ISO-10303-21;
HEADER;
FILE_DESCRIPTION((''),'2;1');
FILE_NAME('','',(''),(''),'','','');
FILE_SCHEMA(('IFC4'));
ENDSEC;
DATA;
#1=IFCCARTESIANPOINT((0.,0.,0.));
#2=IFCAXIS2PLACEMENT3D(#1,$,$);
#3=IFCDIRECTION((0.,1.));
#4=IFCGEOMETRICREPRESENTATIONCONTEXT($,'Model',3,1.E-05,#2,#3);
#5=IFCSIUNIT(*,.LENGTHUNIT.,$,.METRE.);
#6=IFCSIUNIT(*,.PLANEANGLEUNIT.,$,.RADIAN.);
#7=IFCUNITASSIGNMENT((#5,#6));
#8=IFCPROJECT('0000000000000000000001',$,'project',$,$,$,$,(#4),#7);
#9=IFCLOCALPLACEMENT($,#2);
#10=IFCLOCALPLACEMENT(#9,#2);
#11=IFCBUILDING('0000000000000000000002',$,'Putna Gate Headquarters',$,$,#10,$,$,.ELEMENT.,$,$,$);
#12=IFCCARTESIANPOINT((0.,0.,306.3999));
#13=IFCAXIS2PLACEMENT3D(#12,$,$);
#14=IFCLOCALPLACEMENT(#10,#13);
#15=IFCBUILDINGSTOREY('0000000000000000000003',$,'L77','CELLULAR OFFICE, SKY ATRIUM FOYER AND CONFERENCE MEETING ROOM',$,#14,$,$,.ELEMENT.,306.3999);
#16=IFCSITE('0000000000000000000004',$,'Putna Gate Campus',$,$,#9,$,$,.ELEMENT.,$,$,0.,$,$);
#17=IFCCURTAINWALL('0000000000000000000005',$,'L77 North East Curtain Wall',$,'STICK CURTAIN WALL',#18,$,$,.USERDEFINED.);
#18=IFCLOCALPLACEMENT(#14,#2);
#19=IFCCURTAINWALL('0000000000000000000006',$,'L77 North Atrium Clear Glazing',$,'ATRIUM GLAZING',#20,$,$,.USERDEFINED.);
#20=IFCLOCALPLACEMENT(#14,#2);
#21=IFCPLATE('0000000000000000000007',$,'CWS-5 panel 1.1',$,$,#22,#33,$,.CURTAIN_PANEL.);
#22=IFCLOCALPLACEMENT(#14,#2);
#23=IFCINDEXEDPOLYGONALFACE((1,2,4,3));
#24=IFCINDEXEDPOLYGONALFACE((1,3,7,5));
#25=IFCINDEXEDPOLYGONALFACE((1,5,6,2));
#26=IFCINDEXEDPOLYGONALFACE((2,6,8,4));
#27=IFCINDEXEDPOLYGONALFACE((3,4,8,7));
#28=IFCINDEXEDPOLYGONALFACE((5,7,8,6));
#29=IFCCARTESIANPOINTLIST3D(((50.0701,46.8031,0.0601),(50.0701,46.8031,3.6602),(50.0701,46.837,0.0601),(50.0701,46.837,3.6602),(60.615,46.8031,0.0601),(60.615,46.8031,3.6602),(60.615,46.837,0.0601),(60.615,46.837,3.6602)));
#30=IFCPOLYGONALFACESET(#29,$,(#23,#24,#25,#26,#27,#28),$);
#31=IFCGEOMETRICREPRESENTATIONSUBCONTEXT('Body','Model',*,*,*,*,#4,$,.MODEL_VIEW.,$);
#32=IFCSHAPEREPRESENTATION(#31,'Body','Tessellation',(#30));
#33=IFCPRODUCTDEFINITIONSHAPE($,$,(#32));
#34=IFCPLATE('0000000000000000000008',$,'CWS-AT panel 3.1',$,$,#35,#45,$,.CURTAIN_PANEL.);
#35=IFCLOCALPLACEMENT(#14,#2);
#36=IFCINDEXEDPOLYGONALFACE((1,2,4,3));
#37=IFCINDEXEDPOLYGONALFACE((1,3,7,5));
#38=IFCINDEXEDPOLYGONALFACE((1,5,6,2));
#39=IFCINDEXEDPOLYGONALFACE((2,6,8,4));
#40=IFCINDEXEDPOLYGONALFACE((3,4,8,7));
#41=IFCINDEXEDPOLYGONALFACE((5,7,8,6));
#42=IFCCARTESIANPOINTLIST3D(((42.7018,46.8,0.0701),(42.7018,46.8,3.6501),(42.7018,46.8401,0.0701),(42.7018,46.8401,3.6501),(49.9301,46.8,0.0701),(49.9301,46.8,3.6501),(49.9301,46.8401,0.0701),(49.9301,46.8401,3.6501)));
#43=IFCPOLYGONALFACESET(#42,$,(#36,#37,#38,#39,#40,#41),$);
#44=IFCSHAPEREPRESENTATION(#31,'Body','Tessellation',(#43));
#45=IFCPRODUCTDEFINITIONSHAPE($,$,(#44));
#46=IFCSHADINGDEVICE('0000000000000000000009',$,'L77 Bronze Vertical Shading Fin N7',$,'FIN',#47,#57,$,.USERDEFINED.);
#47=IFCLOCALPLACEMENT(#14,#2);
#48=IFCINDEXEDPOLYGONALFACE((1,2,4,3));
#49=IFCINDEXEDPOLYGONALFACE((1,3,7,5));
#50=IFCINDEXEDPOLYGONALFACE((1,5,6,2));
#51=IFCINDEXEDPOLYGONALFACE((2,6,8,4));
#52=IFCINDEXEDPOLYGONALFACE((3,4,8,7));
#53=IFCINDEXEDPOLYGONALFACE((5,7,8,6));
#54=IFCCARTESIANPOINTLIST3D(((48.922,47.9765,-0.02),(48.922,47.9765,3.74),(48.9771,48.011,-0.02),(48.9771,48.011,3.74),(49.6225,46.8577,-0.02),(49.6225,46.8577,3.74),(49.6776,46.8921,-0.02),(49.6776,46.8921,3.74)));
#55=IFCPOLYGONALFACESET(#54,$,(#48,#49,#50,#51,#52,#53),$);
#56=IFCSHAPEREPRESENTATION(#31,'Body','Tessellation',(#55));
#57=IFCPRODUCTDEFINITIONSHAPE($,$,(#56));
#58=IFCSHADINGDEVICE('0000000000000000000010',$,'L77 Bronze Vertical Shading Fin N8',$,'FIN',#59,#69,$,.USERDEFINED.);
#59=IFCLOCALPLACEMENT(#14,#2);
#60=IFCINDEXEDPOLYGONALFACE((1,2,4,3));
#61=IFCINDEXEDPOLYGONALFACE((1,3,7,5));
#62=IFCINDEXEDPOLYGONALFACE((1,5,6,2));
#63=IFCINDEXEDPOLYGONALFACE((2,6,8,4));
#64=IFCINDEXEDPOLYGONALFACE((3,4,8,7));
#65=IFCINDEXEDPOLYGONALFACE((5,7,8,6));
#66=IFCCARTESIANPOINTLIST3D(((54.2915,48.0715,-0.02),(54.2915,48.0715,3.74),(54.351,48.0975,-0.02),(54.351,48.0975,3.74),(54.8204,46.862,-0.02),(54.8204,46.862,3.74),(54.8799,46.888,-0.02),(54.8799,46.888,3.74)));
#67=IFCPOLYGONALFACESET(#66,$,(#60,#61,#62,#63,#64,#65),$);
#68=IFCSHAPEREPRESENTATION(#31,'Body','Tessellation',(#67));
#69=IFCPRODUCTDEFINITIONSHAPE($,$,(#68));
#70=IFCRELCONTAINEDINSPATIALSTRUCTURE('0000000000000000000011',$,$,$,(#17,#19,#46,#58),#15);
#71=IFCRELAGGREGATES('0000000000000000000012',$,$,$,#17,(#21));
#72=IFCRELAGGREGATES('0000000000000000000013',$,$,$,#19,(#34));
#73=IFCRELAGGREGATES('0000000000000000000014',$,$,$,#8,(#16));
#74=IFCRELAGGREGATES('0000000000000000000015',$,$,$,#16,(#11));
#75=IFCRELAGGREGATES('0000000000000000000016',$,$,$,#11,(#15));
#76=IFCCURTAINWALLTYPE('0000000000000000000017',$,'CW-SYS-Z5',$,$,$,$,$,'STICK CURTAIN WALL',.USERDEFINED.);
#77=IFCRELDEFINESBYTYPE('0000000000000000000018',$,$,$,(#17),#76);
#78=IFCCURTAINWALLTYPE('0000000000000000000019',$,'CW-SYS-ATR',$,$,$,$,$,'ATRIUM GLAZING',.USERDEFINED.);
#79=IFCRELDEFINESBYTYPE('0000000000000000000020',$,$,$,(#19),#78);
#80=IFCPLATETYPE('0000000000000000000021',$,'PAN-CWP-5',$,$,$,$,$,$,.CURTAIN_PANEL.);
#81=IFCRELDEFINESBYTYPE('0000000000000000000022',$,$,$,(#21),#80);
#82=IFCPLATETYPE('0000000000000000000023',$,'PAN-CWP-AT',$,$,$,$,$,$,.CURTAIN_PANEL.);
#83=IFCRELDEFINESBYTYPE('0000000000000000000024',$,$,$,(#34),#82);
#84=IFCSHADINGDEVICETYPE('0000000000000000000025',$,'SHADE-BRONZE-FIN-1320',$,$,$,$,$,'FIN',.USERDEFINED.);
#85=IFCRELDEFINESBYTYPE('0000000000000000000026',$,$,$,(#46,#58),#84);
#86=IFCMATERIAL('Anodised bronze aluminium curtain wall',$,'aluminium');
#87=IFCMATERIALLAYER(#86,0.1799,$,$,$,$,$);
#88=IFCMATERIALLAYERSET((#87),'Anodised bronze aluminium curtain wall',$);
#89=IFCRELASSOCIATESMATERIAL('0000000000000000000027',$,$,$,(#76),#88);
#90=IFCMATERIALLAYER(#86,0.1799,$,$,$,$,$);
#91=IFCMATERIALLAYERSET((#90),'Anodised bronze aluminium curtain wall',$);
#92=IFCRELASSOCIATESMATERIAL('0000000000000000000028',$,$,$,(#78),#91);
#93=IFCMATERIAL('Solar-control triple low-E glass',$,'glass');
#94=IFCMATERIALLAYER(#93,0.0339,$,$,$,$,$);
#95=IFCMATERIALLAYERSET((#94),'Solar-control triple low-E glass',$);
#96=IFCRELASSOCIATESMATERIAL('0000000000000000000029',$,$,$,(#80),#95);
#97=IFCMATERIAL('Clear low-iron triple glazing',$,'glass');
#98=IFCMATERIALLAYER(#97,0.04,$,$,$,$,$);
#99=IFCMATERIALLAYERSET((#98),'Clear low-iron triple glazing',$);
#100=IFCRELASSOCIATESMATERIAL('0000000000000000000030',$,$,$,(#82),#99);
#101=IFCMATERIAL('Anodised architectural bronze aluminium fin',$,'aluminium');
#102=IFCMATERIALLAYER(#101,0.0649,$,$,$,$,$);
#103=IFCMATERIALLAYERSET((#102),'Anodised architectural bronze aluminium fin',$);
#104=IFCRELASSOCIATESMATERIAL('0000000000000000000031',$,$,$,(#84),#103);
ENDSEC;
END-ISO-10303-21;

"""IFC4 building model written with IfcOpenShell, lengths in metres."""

from ifc_helpers import new_model, si_unit, direction, frame, origin, origin_2d, place, context, subcontext, project, spatial, rectangle, extrude, material, layer, layer_set, type_object, element, aggregate, save


model = new_model("IFC4")

# Units and contexts
model_context = context("Model", 3, precision=1e-05, world=origin(), true_north=direction((0.0, 1.0)))
body_context = subcontext(model_context, "Body", "Model", "MODEL_VIEW")
ifc_project = project(units=[si_unit("LENGTHUNIT", "METRE"), si_unit("PLANEANGLEUNIT", "RADIAN")], contexts=[model_context])

# Site, building, storey
site_placement = place(None, origin())
site = spatial("IfcSite", under=ifc_project, at=site_placement, Name="Putna Gate Campus", CompositionType="ELEMENT", RefElevation=0.0)
building_placement = place(site_placement, origin())
building = spatial("IfcBuilding", under=site, at=building_placement, Name="Putna Gate Headquarters", CompositionType="ELEMENT")
storey_placement = place(building_placement, frame((0.0, 0.0, 306.3999)))
storey = spatial("IfcBuildingStorey", under=building, at=storey_placement, Name="L77", Description="CELLULAR OFFICE, SKY ATRIUM FOYER AND CONFERENCE MEETING ROOM", CompositionType="ELEMENT", Elevation=306.3999)

# Curtain wall
ifc_material_1 = material(Name="Anodised bronze aluminium curtain wall", Category="aluminium")
ifc_layer_1 = layer(ifc_material_1, 0.1799)
ifc_layer_set_1 = layer_set([ifc_layer_1], Name="Anodised bronze aluminium curtain wall")
curtain_wall_type_1 = type_object("IfcCurtainWallType", Name="CW-SYS-Z5", ElementType="STICK CURTAIN WALL", PredefinedType="USERDEFINED", material=ifc_layer_set_1)
curtain_wall_1_placement = place(storey_placement, origin())
curtain_wall_1 = element("IfcCurtainWall", 1, at=curtain_wall_1_placement, inside=storey, type_object=curtain_wall_type_1, Name="L77 North East Curtain Wall", ObjectType="STICK CURTAIN WALL", PredefinedType="USERDEFINED")

# Curtain wall
ifc_layer_2 = layer(ifc_material_1, 0.1799)
ifc_layer_set_2 = layer_set([ifc_layer_2], Name="Anodised bronze aluminium curtain wall")
curtain_wall_type_2 = type_object("IfcCurtainWallType", Name="CW-SYS-ATR", ElementType="ATRIUM GLAZING", PredefinedType="USERDEFINED", material=ifc_layer_set_2)
curtain_wall_2_placement = place(storey_placement, origin())
curtain_wall_2 = element("IfcCurtainWall", 2, at=curtain_wall_2_placement, inside=storey, type_object=curtain_wall_type_2, Name="L77 North Atrium Clear Glazing", ObjectType="ATRIUM GLAZING", PredefinedType="USERDEFINED")

# Plates
ifc_material_2 = material(Name="Solar-control triple low-E glass", Category="glass")
ifc_layer_3 = layer(ifc_material_2, 0.0339)
ifc_layer_set_3 = layer_set([ifc_layer_3], Name="Solar-control triple low-E glass")
plate_type_1 = type_object("IfcPlateType", Name="PAN-CWP-5", PredefinedType="CURTAIN_PANEL", material=ifc_layer_set_3)
plate_1_placement = place(storey_placement, frame((55.3425, 46.8201, 0.0601), z_axis=(0.0, 0.0, 1.0), x_axis=(1.0, 0.0, 0.0)))
plate_1 = element("IfcPlate", 3, at=plate_1_placement, type_object=plate_type_1, Name="CWS-5 panel 1.1", PredefinedType="CURTAIN_PANEL", context=body_context, shape_type="SweptSolid", body=[
    extrude(rectangle(XDim=10.5449, YDim=0.0339, at=origin_2d()), origin(), (0.0, 0.0, 1.0), 3.6001),
])
aggregate(curtain_wall_1, [plate_1])
ifc_material_3 = material(Name="Clear low-iron triple glazing", Category="glass")
ifc_layer_4 = layer(ifc_material_3, 0.04)
ifc_layer_set_4 = layer_set([ifc_layer_4], Name="Clear low-iron triple glazing")
plate_type_2 = type_object("IfcPlateType", Name="PAN-CWP-AT", PredefinedType="CURTAIN_PANEL", material=ifc_layer_set_4)
plate_2_placement = place(storey_placement, frame((46.3159, 46.8201, 0.0701), z_axis=(0.0, 0.0, 1.0), x_axis=(1.0, 0.0, 0.0)))
plate_2 = element("IfcPlate", 4, at=plate_2_placement, type_object=plate_type_2, Name="CWS-AT panel 3.1", PredefinedType="CURTAIN_PANEL", context=body_context, shape_type="SweptSolid", body=[
    extrude(rectangle(XDim=7.2283, YDim=0.04, at=origin_2d()), origin(), (0.0, 0.0, 1.0), 3.5801),
])
aggregate(curtain_wall_2, [plate_2])

# Shading devices
ifc_material_4 = material(Name="Anodised architectural bronze aluminium fin", Category="aluminium")
ifc_layer_5 = layer(ifc_material_4, 0.0649)
ifc_layer_set_5 = layer_set([ifc_layer_5], Name="Anodised architectural bronze aluminium fin")
shading_device_type = type_object("IfcShadingDeviceType", Name="SHADE-BRONZE-FIN-1320", ElementType="FIN", PredefinedType="USERDEFINED", material=ifc_layer_set_5)
for number, where, z_axis, x_axis, name in (
    (5, (49.2998, 47.4343, -0.02), (0.0, 0.0, 1.0), (-0.530659, 0.847585, 0.0), "L77 Bronze Vertical Shading Fin N7"),
    (6, (54.5857, 47.4797, -0.02), (0.0, 0.0, 1.0), (-0.400669, 0.916223, 0.0), "L77 Bronze Vertical Shading Fin N8"),
):
    element("IfcShadingDevice", number, at=place(storey_placement, frame(where, z_axis=z_axis, x_axis=x_axis)), inside=storey, type_object=shading_device_type, Name=name, ObjectType="FIN", PredefinedType="USERDEFINED", context=body_context, shape_type="SweptSolid", body=[
        extrude(rectangle(XDim=1.3201, YDim=0.0649, at=origin_2d()), origin(), (0.0, 0.0, 1.0), 3.76),
    ])

save(model, "model.ifc")
